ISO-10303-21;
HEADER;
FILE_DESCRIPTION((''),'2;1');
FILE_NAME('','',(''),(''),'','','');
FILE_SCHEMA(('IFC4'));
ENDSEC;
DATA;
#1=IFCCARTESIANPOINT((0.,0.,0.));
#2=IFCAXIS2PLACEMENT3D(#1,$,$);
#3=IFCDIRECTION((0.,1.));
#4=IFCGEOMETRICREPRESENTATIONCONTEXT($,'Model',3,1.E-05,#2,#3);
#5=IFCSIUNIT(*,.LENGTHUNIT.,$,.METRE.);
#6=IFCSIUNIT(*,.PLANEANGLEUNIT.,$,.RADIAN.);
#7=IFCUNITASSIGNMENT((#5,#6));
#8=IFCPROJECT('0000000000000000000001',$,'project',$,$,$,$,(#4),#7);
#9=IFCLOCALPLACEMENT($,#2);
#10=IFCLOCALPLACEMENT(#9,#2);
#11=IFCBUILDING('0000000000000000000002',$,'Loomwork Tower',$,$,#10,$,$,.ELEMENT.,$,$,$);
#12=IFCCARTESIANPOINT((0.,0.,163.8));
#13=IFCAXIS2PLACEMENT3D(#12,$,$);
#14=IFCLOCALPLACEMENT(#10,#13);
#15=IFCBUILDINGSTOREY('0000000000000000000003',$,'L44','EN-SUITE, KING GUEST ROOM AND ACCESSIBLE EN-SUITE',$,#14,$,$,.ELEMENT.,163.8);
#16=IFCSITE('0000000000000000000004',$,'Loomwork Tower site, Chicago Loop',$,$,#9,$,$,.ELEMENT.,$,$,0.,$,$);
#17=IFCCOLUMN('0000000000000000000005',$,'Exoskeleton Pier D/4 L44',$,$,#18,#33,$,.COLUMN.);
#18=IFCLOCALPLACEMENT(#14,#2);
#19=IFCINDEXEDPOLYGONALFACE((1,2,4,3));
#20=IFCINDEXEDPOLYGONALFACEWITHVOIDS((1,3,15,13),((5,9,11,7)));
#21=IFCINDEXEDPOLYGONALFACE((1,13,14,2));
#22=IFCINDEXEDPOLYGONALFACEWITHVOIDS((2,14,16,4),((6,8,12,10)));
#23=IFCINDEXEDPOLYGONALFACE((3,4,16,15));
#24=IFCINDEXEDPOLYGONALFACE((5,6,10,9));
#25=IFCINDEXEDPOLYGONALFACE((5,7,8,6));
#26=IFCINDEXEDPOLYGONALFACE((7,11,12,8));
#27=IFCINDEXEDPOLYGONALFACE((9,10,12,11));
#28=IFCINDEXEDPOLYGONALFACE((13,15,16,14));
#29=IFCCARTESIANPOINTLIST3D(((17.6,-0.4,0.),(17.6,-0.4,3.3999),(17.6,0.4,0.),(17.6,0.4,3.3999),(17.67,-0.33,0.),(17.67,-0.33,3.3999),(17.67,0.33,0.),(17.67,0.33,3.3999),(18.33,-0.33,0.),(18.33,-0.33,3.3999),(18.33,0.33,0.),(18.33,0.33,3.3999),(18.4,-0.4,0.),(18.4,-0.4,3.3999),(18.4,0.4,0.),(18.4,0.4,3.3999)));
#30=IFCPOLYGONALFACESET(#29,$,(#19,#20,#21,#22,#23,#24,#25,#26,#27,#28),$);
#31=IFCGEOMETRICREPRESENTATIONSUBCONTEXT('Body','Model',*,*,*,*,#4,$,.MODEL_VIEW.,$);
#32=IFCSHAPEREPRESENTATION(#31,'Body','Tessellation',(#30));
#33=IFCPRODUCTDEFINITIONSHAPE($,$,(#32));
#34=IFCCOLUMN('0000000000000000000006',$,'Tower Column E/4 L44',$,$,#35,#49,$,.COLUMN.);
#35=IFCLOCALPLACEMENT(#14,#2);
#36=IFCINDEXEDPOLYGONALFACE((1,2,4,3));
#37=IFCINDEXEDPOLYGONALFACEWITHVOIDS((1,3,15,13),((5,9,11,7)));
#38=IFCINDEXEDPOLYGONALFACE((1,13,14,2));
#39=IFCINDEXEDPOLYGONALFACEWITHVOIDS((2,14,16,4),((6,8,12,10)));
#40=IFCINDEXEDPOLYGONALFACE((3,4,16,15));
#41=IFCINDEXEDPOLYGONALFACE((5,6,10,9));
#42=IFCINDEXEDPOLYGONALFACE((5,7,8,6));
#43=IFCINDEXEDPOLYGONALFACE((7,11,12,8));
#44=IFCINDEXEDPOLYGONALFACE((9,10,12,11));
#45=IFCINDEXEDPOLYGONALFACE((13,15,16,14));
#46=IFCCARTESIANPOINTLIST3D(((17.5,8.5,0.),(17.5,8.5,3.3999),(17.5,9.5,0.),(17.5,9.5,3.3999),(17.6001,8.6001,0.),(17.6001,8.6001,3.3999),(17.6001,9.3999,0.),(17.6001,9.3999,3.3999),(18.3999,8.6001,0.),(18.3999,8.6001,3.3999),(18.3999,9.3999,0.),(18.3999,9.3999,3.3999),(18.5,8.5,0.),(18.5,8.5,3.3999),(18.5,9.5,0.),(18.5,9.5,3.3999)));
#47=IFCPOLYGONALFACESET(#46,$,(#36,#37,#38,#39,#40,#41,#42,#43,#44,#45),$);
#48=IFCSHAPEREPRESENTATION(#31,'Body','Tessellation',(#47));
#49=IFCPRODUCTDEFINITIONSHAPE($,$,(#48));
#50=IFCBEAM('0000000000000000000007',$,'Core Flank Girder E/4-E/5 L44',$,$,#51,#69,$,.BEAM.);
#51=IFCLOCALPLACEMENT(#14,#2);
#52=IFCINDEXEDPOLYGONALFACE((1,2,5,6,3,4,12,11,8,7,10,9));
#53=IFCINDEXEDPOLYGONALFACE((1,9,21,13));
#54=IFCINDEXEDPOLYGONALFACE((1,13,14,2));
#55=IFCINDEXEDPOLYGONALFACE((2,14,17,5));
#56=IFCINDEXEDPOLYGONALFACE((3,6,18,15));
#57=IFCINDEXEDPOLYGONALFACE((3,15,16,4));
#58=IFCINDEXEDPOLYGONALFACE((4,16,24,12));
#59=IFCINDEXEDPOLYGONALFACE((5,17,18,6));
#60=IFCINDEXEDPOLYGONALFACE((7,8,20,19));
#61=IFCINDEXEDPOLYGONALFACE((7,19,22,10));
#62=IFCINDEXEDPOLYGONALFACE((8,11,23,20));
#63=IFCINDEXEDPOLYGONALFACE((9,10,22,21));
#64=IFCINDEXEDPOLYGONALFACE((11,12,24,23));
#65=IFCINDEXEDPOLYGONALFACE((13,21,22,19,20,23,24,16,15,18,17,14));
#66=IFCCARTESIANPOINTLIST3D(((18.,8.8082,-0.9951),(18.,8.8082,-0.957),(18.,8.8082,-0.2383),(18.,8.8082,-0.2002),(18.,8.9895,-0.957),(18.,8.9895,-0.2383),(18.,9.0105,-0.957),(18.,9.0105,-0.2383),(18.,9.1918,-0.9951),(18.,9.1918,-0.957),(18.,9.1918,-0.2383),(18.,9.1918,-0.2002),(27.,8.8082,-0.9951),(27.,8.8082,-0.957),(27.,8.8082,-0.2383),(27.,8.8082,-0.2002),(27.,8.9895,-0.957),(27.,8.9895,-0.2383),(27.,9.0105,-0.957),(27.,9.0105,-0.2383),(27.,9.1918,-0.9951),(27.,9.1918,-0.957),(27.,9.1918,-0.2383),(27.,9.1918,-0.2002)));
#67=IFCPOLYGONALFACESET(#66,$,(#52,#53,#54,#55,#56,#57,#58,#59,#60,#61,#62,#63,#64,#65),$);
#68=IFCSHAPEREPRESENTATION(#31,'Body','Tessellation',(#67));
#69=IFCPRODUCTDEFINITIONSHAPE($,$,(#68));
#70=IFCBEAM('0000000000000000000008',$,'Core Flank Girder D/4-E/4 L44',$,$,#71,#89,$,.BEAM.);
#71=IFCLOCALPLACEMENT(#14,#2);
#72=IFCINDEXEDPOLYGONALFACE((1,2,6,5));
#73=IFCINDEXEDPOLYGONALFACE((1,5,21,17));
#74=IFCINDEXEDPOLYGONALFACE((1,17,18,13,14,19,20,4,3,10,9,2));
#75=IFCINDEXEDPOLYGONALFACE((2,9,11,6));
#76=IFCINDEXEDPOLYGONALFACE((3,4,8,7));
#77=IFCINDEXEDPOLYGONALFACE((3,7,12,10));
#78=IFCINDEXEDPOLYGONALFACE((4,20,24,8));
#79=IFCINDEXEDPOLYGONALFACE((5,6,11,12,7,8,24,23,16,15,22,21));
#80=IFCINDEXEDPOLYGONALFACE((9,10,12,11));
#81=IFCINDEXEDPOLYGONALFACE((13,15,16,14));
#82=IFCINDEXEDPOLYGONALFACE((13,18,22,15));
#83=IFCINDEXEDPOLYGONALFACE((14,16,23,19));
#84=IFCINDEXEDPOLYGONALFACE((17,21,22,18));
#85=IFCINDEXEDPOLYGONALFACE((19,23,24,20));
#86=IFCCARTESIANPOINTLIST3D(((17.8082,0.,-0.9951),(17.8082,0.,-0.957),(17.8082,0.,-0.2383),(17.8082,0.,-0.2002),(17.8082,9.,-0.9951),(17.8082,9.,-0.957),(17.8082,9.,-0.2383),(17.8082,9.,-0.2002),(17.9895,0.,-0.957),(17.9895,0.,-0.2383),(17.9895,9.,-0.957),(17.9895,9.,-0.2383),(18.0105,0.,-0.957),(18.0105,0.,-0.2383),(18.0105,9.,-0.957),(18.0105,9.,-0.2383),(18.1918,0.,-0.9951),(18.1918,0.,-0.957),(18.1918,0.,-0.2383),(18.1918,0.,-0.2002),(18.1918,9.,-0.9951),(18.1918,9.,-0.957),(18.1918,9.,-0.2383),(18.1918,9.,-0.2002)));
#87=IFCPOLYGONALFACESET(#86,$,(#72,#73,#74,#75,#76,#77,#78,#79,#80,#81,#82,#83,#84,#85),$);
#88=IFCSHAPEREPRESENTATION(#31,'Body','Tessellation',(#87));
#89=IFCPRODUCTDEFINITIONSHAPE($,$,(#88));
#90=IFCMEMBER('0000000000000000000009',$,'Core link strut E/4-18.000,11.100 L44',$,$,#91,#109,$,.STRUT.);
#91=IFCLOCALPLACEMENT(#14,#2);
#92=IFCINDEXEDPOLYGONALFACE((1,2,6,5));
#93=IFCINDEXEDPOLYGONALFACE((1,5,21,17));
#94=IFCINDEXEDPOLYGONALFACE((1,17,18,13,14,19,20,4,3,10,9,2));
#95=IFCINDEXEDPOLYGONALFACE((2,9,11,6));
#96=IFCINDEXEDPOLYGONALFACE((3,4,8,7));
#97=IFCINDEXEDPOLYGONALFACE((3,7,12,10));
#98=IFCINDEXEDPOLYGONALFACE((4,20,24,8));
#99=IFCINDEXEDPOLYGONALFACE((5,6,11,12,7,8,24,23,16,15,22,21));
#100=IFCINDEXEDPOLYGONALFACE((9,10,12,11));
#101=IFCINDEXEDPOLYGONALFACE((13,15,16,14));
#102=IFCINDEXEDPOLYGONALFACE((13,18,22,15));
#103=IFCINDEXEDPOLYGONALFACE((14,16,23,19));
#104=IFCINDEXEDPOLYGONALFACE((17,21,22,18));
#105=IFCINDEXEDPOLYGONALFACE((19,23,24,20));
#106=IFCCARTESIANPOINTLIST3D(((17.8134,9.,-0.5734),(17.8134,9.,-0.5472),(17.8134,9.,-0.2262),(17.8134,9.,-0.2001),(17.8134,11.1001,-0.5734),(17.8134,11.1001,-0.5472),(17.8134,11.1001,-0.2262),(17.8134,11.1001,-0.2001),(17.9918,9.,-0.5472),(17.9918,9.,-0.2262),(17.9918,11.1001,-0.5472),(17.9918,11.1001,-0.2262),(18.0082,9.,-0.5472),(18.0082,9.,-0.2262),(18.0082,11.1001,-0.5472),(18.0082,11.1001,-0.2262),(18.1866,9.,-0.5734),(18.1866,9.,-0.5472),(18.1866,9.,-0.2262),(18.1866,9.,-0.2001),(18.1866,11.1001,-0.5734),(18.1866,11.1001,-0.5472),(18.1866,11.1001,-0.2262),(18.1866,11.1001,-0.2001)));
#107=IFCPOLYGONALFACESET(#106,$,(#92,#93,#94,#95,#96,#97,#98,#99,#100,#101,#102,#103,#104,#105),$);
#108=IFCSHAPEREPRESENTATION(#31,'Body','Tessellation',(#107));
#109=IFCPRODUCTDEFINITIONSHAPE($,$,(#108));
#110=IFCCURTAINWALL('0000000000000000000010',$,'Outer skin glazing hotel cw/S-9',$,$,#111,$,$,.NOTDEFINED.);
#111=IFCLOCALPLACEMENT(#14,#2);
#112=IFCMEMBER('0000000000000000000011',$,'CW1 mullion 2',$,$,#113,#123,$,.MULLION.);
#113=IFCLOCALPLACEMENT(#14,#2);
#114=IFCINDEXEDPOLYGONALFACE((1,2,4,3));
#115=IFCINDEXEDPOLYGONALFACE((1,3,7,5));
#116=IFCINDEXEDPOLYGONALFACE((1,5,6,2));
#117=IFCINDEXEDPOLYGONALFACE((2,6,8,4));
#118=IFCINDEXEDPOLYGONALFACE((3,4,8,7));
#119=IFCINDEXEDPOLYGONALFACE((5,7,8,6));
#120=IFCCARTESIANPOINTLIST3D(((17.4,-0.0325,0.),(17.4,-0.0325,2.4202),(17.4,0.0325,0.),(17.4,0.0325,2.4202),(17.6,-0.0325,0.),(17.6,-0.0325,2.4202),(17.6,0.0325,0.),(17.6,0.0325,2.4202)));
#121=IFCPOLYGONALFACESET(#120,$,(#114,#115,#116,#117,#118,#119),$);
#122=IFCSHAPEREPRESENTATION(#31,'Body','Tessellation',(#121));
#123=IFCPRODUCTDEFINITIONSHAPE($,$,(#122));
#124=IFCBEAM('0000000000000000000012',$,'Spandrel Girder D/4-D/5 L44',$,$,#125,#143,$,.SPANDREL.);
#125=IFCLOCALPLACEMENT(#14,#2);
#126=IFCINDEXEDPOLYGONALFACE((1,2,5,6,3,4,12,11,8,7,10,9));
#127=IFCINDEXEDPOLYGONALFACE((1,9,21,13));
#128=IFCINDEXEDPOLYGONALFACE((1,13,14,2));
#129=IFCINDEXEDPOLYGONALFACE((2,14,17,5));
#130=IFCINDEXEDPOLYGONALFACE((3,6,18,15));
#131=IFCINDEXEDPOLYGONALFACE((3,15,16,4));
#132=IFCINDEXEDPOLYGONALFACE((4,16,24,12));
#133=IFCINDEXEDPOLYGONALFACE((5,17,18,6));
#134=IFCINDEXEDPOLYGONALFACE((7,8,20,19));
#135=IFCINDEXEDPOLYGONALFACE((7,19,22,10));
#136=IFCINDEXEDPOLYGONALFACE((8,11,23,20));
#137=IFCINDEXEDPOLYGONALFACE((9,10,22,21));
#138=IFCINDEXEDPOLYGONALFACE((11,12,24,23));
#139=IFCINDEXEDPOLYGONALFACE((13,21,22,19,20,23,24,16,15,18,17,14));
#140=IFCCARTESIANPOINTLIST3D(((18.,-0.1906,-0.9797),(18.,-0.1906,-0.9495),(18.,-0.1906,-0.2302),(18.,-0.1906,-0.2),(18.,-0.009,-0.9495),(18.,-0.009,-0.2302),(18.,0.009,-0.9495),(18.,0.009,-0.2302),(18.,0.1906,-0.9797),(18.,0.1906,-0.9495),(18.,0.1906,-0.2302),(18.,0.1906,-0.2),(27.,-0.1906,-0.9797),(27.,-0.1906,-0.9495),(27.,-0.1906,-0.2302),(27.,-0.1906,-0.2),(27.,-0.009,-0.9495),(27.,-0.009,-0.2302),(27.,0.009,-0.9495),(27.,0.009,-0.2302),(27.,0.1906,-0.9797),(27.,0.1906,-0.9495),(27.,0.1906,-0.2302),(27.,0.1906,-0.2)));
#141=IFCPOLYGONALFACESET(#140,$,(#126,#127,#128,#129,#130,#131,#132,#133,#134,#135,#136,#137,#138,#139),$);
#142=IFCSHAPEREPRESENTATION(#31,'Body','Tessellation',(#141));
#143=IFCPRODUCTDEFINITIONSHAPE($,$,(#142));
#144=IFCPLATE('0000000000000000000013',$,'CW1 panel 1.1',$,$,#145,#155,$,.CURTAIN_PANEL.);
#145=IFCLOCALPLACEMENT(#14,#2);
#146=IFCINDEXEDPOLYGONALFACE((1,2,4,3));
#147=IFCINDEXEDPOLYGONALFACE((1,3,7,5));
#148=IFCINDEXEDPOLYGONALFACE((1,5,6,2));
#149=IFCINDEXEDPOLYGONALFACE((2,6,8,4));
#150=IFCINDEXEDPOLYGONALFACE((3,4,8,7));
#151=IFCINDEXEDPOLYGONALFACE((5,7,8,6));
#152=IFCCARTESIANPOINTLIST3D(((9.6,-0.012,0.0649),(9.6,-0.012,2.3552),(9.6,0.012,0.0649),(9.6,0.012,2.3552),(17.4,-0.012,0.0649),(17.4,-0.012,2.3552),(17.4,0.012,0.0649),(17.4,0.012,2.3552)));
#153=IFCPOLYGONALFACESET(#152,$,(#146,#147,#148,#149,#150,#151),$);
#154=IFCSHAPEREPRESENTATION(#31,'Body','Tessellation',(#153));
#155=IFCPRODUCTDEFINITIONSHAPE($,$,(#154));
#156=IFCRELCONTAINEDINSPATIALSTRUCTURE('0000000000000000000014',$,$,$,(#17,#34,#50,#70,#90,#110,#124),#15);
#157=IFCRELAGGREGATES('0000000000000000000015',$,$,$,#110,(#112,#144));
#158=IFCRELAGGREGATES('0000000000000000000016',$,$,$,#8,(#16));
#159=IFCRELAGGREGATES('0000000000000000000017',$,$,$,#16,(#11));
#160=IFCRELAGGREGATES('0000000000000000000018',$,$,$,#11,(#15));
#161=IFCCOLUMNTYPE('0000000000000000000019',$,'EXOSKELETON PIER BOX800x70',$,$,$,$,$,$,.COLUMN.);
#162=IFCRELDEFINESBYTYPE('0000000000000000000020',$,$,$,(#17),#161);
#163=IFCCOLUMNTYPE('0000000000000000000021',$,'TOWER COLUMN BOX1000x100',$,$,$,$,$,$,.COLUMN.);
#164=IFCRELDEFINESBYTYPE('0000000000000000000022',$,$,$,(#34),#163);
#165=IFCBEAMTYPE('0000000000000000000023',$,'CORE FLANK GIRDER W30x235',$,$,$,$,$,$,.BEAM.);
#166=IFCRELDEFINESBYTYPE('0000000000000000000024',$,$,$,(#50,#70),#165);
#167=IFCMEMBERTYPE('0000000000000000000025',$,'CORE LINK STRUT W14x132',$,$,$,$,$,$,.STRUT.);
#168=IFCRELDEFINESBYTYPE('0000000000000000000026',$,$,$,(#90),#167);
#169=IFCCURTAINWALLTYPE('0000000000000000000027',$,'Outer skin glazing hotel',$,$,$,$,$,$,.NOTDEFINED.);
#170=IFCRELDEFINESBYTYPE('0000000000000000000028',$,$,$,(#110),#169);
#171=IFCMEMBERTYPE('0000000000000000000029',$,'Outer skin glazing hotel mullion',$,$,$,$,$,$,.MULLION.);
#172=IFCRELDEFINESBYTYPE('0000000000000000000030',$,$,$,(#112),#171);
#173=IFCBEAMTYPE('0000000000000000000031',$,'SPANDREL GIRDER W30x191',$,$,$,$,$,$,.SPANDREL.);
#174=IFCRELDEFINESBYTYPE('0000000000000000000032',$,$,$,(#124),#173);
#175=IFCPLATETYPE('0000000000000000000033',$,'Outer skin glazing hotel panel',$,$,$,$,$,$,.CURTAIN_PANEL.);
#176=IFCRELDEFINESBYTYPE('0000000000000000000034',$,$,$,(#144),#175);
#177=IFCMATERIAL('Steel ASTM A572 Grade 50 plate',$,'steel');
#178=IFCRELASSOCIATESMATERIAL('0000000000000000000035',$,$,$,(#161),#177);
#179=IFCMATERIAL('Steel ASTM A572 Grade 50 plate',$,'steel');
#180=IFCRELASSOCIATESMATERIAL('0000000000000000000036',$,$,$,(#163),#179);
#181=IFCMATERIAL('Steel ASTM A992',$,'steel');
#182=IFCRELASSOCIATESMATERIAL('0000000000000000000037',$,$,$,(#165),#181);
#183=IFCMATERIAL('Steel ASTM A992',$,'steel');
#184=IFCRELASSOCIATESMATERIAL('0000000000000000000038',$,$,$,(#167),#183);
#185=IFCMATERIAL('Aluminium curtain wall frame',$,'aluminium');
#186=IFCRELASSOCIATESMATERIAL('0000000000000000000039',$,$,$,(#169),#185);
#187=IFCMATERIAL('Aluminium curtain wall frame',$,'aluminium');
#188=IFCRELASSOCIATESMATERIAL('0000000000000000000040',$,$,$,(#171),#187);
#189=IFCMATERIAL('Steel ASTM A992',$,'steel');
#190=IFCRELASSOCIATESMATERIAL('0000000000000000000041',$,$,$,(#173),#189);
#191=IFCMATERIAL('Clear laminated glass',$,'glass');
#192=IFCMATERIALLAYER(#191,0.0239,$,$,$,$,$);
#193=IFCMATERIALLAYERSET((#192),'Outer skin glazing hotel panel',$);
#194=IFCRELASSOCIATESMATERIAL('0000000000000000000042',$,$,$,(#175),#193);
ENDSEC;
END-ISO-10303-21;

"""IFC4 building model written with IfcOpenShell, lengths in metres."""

from ifc_helpers import new_model, si_unit, direction, frame, origin, origin_2d, place, context, subcontext, project, spatial, rectangle, hollow_rectangle, i_section, extrude, material, layer, layer_set, material_profile, profile_set, type_object, element, aggregate, save


model = new_model("IFC4")

# Units and contexts
model_context = context("Model", 3, precision=1e-05, world=origin(), true_north=direction((0.0, 1.0)))
body_context = subcontext(model_context, "Body", "Model", "MODEL_VIEW")
ifc_project = project(units=[si_unit("LENGTHUNIT", "METRE"), si_unit("PLANEANGLEUNIT", "RADIAN")], contexts=[model_context])

# Site, building, storey
site_placement = place(None, origin())
site = spatial("IfcSite", under=ifc_project, at=site_placement, Name="Loomwork Tower site, Chicago Loop", CompositionType="ELEMENT", RefElevation=0.0)
building_placement = place(site_placement, origin())
building = spatial("IfcBuilding", under=site, at=building_placement, Name="Loomwork Tower", CompositionType="ELEMENT")
storey_placement = place(building_placement, frame((0.0, 0.0, 163.8)))
storey = spatial("IfcBuildingStorey", under=building, at=storey_placement, Name="L44", Description="EN-SUITE, KING GUEST ROOM AND ACCESSIBLE EN-SUITE", CompositionType="ELEMENT", Elevation=163.8)

# Columns
ifc_material_1 = material(Name="Steel ASTM A572 Grade 50 plate", Category="steel")
ifc_material_profile_1 = material_profile(ifc_material_1, hollow_rectangle(XDim=0.8, YDim=0.8, WallThickness=0.0701, at=origin_2d()), Name="BOX800x70")
ifc_profile_set_1 = profile_set([ifc_material_profile_1], Name="Steel ASTM A572 Grade 50 plate")
column_type_1 = type_object("IfcColumnType", Name="EXOSKELETON PIER BOX800x70", PredefinedType="COLUMN", material=ifc_profile_set_1)
column_1_placement = place(storey_placement, frame((18.0, 0.0, 0.0), z_axis=(0.0, 0.0, 1.0), x_axis=(1.0, 0.0, 0.0)))
element("IfcColumn", 1, at=column_1_placement, inside=storey, type_object=column_type_1, Name="Exoskeleton Pier D/4 L44", PredefinedType="COLUMN", context=body_context, shape_type="SweptSolid", body=[
    extrude(hollow_rectangle(XDim=0.8, YDim=0.8, WallThickness=0.0701, at=origin_2d()), origin(), (0.0, 0.0, 1.0), 3.3999),
])
ifc_material_2 = material(Name="Steel ASTM A572 Grade 50 plate", Category="steel")
ifc_material_profile_2 = material_profile(ifc_material_2, hollow_rectangle(XDim=1.0, YDim=1.0, WallThickness=0.1001, at=origin_2d()), Name="BOX1000x100")
ifc_profile_set_2 = profile_set([ifc_material_profile_2], Name="Steel ASTM A572 Grade 50 plate")
column_type_2 = type_object("IfcColumnType", Name="TOWER COLUMN BOX1000x100", PredefinedType="COLUMN", material=ifc_profile_set_2)
column_2_placement = place(storey_placement, frame((18.0, 9.0, 0.0), z_axis=(0.0, 0.0, 1.0), x_axis=(1.0, 0.0, 0.0)))
element("IfcColumn", 2, at=column_2_placement, inside=storey, type_object=column_type_2, Name="Tower Column E/4 L44", PredefinedType="COLUMN", context=body_context, shape_type="SweptSolid", body=[
    extrude(hollow_rectangle(XDim=1.0, YDim=1.0, WallThickness=0.1001, at=origin_2d()), origin(), (0.0, 0.0, 1.0), 3.3999),
])

# Beams
ifc_material_3 = material(Name="Steel ASTM A992", Category="steel")
ifc_material_profile_3 = material_profile(ifc_material_3, i_section(OverallWidth=0.3835, OverallDepth=0.7949, WebThickness=0.021, FlangeThickness=0.0381, at=origin_2d()), Name="W30x235")
ifc_profile_set_3 = profile_set([ifc_material_profile_3], Name="Steel ASTM A992")
beam_type_1 = type_object("IfcBeamType", Name="CORE FLANK GIRDER W30x235", PredefinedType="BEAM", material=ifc_profile_set_3)
for number, where, z_axis, x_axis, name in (
    (3, (18.0, 9.0, -0.5977), (1.0, 0.0, 0.0), (0.0, 1.0, 0.0), "Core Flank Girder E/4-E/5 L44"),
    (4, (18.0, 0.0, -0.5977), (0.0, 1.0, 0.0), (-1.0, 0.0, 0.0), "Core Flank Girder D/4-E/4 L44"),
):
    element("IfcBeam", number, at=place(storey_placement, frame(where, z_axis=z_axis, x_axis=x_axis)), inside=storey, type_object=beam_type_1, Name=name, PredefinedType="BEAM", context=body_context, shape_type="SweptSolid", body=[
        extrude(i_section(OverallWidth=0.3835, OverallDepth=0.7949, WebThickness=0.021, FlangeThickness=0.0381, at=origin_2d()), origin(), (0.0, 0.0, 1.0), 9.0),
    ])

# Member
ifc_material_4 = material(Name="Steel ASTM A992", Category="steel")
ifc_material_profile_4 = material_profile(ifc_material_4, i_section(OverallWidth=0.3733, OverallDepth=0.3733, WebThickness=0.0164, FlangeThickness=0.0261, at=origin_2d()), Name="W14x132")
ifc_profile_set_4 = profile_set([ifc_material_profile_4], Name="Steel ASTM A992")
member_type_1 = type_object("IfcMemberType", Name="CORE LINK STRUT W14x132", PredefinedType="STRUT", material=ifc_profile_set_4)
member_1_placement = place(storey_placement, frame((18.0, 9.0, -0.3867), z_axis=(0.0, 1.0, 0.0), x_axis=(-1.0, 0.0, 0.0)))
element("IfcMember", 5, at=member_1_placement, inside=storey, type_object=member_type_1, Name="Core link strut E/4-18.000,11.100 L44", PredefinedType="STRUT", context=body_context, shape_type="SweptSolid", body=[
    extrude(i_section(OverallWidth=0.3733, OverallDepth=0.3733, WebThickness=0.0164, FlangeThickness=0.0261, at=origin_2d()), origin(), (0.0, 0.0, 1.0), 2.1001),
])

# Curtain wall, member
ifc_material_5 = material(Name="Aluminium curtain wall frame", Category="aluminium")
curtain_wall_type = type_object("IfcCurtainWallType", Name="Outer skin glazing hotel", PredefinedType="NOTDEFINED", material=ifc_material_5)
curtain_wall_placement = place(storey_placement, origin())
curtain_wall = element("IfcCurtainWall", 6, at=curtain_wall_placement, inside=storey, type_object=curtain_wall_type, Name="Outer skin glazing hotel cw/S-9", PredefinedType="NOTDEFINED")
ifc_material_6 = material(Name="Aluminium curtain wall frame", Category="aluminium")
ifc_material_profile_5 = material_profile(ifc_material_6, rectangle(XDim=0.0649, YDim=0.2, at=origin_2d()), Name="AL 65x200")
ifc_profile_set_5 = profile_set([ifc_material_profile_5], Name="Aluminium curtain wall frame")
member_type_2 = type_object("IfcMemberType", Name="Outer skin glazing hotel mullion", PredefinedType="MULLION", material=ifc_profile_set_5)
member_2_placement = place(storey_placement, frame((17.5, 0.0, 0.0), z_axis=(0.0, 0.0, 1.0), x_axis=(0.0, 1.0, 0.0)))
member_2 = element("IfcMember", 7, at=member_2_placement, type_object=member_type_2, Name="CW1 mullion 2", PredefinedType="MULLION", context=body_context, shape_type="SweptSolid", body=[
    extrude(rectangle(XDim=0.0649, YDim=0.2, at=origin_2d()), origin(), (0.0, 0.0, 1.0), 2.4202),
])

# Beam
ifc_material_7 = material(Name="Steel ASTM A992", Category="steel")
ifc_material_profile_6 = material_profile(ifc_material_7, i_section(OverallWidth=0.3811, OverallDepth=0.7798, WebThickness=0.0181, FlangeThickness=0.0303, at=origin_2d()), Name="W30x191")
ifc_profile_set_6 = profile_set([ifc_material_profile_6], Name="Steel ASTM A992")
beam_type_2 = type_object("IfcBeamType", Name="SPANDREL GIRDER W30x191", PredefinedType="SPANDREL", material=ifc_profile_set_6)
beam_placement = place(storey_placement, frame((18.0, 0.0, -0.5898), z_axis=(1.0, 0.0, 0.0), x_axis=(0.0, 1.0, 0.0)))
element("IfcBeam", 8, at=beam_placement, inside=storey, type_object=beam_type_2, Name="Spandrel Girder D/4-D/5 L44", PredefinedType="SPANDREL", context=body_context, shape_type="SweptSolid", body=[
    extrude(i_section(OverallWidth=0.3811, OverallDepth=0.7798, WebThickness=0.0181, FlangeThickness=0.0303, at=origin_2d()), origin(), (0.0, 0.0, 1.0), 9.0),
])

# Plate
ifc_material_8 = material(Name="Clear laminated glass", Category="glass")
ifc_layer_1 = layer(ifc_material_8, 0.0239)
ifc_layer_set_1 = layer_set([ifc_layer_1], Name="Outer skin glazing hotel panel")
plate_type = type_object("IfcPlateType", Name="Outer skin glazing hotel panel", PredefinedType="CURTAIN_PANEL", material=ifc_layer_set_1)
plate_placement = place(storey_placement, frame((13.5, 0.0, 0.0649), z_axis=(0.0, 0.0, 1.0), x_axis=(1.0, 0.0, 0.0)))
plate = element("IfcPlate", 9, at=plate_placement, type_object=plate_type, Name="CW1 panel 1.1", PredefinedType="CURTAIN_PANEL", context=body_context, shape_type="SweptSolid", body=[
    extrude(rectangle(XDim=7.8, YDim=0.0239, at=origin_2d()), origin(), (0.0, 0.0, 1.0), 2.2903),
])
aggregate(curtain_wall, [member_2, plate])

save(model, "model.ifc")
